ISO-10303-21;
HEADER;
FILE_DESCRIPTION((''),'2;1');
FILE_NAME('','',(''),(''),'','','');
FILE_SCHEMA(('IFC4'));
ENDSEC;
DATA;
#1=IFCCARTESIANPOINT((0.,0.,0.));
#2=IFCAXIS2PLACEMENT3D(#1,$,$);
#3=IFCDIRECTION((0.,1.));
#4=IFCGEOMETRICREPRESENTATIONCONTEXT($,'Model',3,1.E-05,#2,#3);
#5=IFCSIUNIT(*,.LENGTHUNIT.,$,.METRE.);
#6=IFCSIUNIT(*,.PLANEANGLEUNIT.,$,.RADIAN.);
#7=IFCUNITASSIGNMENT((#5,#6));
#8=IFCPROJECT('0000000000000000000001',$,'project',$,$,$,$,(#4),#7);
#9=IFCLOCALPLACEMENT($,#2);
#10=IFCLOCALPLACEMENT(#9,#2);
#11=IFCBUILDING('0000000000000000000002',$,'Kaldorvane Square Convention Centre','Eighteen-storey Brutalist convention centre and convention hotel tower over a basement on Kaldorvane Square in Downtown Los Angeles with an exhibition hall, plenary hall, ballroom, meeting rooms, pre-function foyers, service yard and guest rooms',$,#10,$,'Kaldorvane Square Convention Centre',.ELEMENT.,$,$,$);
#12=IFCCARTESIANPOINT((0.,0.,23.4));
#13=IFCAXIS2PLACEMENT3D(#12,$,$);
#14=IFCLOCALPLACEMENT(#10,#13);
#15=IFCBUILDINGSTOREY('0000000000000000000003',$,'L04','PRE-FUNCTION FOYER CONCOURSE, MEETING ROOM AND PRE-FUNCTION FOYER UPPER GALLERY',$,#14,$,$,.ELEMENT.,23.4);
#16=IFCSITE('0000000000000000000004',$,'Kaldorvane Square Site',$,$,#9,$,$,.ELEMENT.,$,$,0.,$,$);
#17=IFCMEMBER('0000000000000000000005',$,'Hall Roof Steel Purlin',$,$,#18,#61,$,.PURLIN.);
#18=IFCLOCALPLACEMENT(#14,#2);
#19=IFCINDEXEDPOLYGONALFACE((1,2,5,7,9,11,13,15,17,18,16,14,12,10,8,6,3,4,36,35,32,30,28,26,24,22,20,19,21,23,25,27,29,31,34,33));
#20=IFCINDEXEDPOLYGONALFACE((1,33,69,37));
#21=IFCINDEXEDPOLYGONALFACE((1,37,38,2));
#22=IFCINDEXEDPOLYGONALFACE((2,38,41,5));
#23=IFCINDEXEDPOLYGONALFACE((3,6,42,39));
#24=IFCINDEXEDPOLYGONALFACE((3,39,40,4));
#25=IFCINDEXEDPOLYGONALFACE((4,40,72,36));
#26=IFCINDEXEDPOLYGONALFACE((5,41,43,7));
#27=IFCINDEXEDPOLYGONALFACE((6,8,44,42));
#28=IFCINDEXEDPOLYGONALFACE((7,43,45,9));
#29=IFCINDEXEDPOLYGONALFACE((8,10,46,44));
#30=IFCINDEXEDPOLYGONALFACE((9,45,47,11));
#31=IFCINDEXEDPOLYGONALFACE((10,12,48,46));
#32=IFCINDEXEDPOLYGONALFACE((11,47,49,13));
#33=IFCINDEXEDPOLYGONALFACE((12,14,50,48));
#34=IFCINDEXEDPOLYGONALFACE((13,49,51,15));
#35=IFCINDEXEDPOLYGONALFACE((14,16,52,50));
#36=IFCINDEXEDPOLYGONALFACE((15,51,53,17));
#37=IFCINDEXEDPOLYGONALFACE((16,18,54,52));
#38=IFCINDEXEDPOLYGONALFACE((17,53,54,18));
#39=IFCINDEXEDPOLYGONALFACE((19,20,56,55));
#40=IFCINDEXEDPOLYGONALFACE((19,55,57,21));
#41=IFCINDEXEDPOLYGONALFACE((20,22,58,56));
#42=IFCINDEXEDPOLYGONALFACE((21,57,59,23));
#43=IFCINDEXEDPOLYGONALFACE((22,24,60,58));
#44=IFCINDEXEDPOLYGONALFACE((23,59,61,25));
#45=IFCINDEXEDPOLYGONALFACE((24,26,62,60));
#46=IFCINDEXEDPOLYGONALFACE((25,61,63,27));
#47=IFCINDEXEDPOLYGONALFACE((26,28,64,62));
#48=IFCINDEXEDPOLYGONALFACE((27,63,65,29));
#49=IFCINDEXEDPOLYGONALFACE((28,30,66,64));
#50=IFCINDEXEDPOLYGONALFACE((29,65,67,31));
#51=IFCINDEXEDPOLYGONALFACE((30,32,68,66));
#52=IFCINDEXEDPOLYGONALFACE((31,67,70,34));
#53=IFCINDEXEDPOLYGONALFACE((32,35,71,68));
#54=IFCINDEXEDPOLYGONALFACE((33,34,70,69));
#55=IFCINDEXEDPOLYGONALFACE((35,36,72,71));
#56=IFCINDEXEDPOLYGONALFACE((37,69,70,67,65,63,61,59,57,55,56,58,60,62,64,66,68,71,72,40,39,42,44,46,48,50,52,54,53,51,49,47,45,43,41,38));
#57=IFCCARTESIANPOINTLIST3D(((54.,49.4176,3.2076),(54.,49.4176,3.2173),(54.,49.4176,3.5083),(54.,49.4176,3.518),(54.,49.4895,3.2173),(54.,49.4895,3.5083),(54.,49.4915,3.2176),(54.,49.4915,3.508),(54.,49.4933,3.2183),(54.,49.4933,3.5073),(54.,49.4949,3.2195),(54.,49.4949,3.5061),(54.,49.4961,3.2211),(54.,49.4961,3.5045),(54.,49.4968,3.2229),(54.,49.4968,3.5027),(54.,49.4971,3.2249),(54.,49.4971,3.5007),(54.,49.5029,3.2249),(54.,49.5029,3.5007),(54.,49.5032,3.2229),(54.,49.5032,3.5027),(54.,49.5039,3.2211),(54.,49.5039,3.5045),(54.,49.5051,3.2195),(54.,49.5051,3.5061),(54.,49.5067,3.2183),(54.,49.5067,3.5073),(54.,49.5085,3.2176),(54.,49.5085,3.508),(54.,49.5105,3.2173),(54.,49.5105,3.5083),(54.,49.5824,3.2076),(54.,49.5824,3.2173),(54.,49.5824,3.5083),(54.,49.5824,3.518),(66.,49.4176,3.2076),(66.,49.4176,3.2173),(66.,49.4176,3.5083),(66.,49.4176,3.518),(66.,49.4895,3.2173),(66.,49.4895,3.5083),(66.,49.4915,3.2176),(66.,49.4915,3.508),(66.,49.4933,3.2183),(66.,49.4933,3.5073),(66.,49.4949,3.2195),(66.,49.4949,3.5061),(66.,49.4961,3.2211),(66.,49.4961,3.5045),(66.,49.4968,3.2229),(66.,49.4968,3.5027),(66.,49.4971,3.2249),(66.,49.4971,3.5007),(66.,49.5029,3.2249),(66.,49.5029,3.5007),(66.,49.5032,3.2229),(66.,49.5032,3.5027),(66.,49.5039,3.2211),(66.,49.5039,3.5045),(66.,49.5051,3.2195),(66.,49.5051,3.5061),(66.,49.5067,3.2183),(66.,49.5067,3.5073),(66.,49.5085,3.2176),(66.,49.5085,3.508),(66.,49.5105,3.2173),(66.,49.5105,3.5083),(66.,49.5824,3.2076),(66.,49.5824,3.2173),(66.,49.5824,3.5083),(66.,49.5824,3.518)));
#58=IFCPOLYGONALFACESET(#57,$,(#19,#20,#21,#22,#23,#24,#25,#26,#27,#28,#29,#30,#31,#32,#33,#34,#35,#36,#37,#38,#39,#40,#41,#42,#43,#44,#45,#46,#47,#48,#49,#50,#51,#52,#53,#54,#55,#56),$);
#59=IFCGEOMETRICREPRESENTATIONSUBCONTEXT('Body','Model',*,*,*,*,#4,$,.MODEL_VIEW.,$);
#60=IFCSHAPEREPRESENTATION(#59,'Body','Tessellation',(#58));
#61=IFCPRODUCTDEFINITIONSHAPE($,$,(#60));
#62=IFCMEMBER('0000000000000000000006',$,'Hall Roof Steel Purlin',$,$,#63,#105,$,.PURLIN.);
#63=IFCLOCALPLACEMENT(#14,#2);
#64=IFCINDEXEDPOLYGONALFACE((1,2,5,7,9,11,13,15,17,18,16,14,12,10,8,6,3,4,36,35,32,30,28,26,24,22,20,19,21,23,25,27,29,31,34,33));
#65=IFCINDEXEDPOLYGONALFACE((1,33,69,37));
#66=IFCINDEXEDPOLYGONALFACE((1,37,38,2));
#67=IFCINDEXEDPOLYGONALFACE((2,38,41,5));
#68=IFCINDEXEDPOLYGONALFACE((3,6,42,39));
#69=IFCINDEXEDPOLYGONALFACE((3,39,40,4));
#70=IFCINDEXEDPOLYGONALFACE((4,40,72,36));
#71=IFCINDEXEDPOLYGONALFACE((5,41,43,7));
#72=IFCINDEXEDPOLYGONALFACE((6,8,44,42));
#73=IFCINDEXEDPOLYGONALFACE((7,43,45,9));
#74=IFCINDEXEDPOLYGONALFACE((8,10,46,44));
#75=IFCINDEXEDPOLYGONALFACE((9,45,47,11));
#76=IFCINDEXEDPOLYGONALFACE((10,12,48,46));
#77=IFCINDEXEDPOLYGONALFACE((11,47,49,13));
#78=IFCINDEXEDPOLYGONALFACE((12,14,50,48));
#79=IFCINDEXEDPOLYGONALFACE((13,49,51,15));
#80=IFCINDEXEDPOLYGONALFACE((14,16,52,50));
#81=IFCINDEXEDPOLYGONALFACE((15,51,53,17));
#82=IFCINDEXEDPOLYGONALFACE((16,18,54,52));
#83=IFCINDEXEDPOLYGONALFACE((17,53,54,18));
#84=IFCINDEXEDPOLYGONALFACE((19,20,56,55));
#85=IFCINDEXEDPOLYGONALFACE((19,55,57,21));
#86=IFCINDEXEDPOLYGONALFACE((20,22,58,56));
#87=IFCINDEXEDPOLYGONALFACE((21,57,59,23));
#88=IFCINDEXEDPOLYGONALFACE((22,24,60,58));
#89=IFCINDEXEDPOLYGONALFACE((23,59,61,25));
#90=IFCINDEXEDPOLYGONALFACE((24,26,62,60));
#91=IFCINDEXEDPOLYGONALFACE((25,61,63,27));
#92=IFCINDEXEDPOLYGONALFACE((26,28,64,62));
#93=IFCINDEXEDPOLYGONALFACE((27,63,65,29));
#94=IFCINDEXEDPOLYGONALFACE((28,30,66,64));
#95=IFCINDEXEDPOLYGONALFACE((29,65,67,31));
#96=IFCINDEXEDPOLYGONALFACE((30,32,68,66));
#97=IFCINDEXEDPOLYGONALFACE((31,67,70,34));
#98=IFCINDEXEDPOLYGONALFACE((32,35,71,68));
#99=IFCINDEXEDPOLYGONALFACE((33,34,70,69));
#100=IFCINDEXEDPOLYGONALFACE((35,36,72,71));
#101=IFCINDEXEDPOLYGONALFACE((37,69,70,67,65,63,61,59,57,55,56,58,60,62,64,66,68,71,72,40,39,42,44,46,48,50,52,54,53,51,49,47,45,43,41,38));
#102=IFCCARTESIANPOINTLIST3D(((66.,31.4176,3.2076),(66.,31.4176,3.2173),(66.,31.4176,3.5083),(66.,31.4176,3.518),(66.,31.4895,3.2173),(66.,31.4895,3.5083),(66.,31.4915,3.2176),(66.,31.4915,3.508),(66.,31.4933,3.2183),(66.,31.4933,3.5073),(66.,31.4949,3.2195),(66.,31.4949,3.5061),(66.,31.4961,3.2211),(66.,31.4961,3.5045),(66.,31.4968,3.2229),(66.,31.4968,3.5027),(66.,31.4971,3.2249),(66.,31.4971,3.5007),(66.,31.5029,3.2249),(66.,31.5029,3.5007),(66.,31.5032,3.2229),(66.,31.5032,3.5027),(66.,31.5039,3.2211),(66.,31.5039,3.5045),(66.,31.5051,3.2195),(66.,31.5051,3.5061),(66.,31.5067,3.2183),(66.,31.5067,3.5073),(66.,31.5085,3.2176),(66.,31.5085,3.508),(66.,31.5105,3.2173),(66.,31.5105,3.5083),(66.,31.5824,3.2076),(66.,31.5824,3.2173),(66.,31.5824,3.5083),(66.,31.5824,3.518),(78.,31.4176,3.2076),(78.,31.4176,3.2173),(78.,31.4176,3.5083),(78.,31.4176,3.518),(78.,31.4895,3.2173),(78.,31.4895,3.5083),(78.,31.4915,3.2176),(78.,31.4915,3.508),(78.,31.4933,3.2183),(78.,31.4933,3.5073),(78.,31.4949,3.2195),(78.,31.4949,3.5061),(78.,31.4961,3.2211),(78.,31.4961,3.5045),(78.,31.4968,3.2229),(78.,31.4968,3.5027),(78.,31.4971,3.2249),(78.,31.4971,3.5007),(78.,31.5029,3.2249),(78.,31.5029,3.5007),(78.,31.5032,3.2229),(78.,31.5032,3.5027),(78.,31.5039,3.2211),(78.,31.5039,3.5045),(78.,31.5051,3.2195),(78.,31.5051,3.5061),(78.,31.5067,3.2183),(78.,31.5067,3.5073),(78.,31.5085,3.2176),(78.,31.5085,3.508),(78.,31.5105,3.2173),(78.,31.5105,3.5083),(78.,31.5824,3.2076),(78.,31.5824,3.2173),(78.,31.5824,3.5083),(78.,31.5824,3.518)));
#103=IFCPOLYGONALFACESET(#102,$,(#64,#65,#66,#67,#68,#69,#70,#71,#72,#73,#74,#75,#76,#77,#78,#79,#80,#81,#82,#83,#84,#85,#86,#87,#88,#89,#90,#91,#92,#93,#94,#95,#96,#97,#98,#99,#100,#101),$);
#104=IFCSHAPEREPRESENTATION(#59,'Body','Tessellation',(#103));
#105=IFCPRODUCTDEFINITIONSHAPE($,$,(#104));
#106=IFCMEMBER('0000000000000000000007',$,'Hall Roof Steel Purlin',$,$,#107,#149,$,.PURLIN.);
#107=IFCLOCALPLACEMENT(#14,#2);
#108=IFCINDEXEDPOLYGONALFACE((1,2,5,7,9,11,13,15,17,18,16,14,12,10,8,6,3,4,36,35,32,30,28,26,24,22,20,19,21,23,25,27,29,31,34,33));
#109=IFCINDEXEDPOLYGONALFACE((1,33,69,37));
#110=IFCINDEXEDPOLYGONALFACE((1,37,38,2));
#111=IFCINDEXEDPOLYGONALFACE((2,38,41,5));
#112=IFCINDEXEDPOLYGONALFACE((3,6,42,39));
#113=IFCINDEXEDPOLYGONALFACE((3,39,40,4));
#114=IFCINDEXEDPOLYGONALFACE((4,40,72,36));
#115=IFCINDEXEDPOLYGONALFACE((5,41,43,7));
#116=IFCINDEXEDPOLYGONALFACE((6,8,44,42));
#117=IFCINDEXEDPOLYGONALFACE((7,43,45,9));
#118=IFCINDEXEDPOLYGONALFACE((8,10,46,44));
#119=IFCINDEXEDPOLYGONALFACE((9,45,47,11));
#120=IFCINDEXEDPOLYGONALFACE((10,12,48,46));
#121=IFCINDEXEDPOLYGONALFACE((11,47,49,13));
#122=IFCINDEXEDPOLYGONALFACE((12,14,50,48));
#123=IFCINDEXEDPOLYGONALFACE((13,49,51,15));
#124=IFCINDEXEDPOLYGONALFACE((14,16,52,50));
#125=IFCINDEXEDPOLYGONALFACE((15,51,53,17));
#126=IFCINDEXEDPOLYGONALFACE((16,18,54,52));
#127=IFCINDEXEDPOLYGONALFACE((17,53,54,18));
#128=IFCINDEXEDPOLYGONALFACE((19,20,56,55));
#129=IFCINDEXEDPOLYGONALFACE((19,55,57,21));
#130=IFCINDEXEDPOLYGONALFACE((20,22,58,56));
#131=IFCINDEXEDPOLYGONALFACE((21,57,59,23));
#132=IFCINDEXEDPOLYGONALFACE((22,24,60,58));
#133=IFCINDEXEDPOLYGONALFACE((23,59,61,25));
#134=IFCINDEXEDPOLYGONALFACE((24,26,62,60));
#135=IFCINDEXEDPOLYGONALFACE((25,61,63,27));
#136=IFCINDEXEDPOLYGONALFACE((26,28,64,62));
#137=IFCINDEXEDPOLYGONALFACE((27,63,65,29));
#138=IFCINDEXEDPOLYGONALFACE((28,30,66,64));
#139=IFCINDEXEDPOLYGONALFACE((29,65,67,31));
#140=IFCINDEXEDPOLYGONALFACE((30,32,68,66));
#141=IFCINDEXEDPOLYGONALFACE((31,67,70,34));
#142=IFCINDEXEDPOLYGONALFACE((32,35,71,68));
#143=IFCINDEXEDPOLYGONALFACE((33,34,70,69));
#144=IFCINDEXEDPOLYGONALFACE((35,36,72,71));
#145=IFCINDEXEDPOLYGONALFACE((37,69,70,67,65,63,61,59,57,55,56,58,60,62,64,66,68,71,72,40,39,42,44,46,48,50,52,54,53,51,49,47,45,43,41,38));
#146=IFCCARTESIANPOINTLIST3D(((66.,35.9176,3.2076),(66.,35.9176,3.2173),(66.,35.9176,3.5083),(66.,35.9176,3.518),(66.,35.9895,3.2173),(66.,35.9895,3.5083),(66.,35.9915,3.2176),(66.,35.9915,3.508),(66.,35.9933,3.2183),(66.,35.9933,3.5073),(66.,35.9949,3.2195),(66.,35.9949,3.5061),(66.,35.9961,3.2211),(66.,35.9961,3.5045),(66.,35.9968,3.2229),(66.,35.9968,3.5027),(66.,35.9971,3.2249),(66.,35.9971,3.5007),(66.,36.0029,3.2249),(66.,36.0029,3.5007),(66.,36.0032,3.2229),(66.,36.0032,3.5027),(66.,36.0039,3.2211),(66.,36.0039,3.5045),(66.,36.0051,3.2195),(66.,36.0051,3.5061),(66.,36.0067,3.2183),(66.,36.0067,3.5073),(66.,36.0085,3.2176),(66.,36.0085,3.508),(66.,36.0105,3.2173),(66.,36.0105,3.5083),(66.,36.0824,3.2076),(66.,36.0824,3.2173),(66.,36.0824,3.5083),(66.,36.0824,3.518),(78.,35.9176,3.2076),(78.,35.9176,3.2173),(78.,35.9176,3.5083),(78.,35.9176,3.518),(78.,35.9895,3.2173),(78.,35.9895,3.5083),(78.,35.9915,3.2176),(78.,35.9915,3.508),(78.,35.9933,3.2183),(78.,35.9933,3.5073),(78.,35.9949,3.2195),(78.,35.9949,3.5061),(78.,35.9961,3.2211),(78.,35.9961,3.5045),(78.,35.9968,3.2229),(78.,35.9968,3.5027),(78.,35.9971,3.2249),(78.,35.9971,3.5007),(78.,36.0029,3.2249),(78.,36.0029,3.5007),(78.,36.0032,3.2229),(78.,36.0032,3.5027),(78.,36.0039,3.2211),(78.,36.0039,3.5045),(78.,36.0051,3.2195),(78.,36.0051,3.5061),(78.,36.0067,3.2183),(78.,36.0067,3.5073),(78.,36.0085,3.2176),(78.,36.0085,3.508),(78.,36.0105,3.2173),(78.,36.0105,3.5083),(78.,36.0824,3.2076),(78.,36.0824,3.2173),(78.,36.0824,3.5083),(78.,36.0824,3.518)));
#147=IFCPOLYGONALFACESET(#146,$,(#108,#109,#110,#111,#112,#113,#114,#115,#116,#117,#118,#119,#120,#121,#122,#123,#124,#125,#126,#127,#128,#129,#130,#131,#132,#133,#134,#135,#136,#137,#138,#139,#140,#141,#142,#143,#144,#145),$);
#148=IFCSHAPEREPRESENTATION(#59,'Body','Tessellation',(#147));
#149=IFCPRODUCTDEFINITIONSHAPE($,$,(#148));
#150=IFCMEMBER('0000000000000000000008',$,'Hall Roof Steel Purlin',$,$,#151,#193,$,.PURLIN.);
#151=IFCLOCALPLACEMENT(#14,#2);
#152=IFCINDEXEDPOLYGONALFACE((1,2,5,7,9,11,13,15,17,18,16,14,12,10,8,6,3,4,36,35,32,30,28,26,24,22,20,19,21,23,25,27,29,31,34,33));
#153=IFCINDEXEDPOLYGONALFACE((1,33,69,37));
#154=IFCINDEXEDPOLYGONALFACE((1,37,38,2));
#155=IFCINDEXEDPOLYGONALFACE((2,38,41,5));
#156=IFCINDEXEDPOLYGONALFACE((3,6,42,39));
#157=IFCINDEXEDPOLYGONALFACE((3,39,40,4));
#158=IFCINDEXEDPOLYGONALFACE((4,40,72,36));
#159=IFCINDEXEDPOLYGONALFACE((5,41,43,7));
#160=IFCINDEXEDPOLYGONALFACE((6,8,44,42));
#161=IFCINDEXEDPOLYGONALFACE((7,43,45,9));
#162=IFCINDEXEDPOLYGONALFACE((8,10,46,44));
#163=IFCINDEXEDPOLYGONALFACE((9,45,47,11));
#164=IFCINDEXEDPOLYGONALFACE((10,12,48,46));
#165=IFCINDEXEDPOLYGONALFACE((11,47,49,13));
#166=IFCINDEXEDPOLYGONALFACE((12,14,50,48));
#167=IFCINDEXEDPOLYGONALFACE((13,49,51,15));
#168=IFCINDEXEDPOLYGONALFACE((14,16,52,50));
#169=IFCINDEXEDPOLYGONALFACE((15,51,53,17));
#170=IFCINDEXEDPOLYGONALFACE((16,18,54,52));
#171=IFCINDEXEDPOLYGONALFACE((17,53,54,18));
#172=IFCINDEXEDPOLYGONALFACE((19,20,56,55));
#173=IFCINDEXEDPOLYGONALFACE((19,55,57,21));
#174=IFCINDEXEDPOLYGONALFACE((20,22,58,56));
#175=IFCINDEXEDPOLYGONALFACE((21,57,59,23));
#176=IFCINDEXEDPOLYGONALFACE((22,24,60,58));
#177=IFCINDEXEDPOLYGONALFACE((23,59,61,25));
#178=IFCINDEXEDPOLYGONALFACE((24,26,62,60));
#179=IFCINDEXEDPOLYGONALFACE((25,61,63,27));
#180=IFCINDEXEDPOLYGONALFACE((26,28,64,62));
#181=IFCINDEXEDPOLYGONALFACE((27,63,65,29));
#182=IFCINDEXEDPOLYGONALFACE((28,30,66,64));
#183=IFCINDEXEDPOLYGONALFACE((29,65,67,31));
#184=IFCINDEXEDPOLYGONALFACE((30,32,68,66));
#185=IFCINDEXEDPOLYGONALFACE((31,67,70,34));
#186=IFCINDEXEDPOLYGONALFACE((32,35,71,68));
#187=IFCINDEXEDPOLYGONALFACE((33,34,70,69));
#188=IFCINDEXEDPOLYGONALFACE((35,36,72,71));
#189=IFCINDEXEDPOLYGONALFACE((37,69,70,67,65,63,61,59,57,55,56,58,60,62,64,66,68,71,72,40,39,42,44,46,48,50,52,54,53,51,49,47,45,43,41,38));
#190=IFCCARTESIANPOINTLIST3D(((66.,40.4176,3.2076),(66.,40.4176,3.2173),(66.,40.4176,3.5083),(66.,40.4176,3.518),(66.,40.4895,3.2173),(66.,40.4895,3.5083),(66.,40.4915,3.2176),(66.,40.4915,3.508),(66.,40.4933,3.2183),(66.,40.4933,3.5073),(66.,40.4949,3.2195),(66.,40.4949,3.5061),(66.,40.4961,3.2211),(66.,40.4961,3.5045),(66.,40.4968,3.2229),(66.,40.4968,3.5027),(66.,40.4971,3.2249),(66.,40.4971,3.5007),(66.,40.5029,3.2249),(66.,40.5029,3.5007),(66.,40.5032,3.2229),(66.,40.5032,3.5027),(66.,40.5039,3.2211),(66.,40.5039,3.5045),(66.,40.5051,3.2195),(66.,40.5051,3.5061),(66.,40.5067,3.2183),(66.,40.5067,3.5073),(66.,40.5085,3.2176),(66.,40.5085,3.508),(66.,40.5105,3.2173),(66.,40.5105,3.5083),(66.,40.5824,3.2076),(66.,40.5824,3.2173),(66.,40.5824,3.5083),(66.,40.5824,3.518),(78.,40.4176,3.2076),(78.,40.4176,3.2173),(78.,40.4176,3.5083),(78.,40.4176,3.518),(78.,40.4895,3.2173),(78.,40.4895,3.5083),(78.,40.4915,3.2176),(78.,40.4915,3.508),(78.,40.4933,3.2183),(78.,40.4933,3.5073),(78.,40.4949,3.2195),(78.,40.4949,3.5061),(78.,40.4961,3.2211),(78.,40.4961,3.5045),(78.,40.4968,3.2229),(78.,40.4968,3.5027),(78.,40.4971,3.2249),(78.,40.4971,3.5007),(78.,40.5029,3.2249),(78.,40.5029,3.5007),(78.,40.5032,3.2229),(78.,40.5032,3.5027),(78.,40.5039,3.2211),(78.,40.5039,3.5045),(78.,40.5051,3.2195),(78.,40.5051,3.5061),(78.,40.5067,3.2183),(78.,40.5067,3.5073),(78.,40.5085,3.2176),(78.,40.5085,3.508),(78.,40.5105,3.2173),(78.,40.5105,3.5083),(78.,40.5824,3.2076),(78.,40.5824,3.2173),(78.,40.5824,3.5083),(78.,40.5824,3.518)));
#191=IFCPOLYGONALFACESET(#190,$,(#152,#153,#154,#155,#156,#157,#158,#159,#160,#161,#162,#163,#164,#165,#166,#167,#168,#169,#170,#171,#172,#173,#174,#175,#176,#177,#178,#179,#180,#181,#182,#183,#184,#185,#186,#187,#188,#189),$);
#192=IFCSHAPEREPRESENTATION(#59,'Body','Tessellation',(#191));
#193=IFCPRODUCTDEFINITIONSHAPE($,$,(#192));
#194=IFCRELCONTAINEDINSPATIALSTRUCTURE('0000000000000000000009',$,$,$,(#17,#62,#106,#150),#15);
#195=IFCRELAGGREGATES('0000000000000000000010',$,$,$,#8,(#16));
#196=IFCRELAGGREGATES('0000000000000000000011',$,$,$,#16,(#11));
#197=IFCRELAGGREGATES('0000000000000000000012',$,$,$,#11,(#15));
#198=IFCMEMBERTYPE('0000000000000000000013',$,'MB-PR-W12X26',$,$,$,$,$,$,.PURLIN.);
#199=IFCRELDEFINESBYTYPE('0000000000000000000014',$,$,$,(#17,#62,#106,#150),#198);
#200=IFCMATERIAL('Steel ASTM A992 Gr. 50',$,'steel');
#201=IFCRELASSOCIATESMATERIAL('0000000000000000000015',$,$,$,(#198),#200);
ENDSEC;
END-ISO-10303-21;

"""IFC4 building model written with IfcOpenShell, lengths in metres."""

from ifc_helpers import new_model, si_unit, direction, frame, origin, origin_2d, place, context, subcontext, project, spatial, i_section, extrude, material, material_profile, profile_set, type_object, element, save


model = new_model("IFC4")

# Units and contexts
model_context = context("Model", 3, precision=1e-05, world=origin(), true_north=direction((0.0, 1.0)))
body_context = subcontext(model_context, "Body", "Model", "MODEL_VIEW")
ifc_project = project(units=[si_unit("LENGTHUNIT", "METRE"), si_unit("PLANEANGLEUNIT", "RADIAN")], contexts=[model_context])

# Site, building, storey
site_placement = place(None, origin())
site = spatial("IfcSite", under=ifc_project, at=site_placement, Name="Kaldorvane Square Site", CompositionType="ELEMENT", RefElevation=0.0)
building_placement = place(site_placement, origin())
building = spatial("IfcBuilding", under=site, at=building_placement, Name="Kaldorvane Square Convention Centre", Description="Eighteen-storey Brutalist convention centre and convention hotel tower over a basement on Kaldorvane Square in Downtown Los Angeles with an exhibition hall, plenary hall, ballroom, meeting rooms, pre-function foyers, service yard and guest rooms", LongName="Kaldorvane Square Convention Centre", CompositionType="ELEMENT")
storey_placement = place(building_placement, frame((0.0, 0.0, 23.4)))
storey = spatial("IfcBuildingStorey", under=building, at=storey_placement, Name="L04", Description="PRE-FUNCTION FOYER CONCOURSE, MEETING ROOM AND PRE-FUNCTION FOYER UPPER GALLERY", CompositionType="ELEMENT", Elevation=23.4)

# Members
ifc_material_1 = material(Name="Steel ASTM A992 Gr. 50", Category="steel")
ifc_material_profile_1 = material_profile(ifc_material_1, i_section(OverallWidth=0.1648, OverallDepth=0.3104, WebThickness=0.0058, FlangeThickness=0.0097, FilletRadius=0.0076, at=origin_2d()), Name="W12X26")
ifc_profile_set_1 = profile_set([ifc_material_profile_1], Name="Steel ASTM A992 Gr. 50")
member_type_1 = type_object("IfcMemberType", Name="MB-PR-W12X26", PredefinedType="PURLIN", material=ifc_profile_set_1)
for number, where, z_axis, x_axis, name in (
    (1, (54.0, 49.5, 3.3628), (1.0, 0.0, 0.0), (0.0, 1.0, 0.0), "Hall Roof Steel Purlin"),
    (2, (66.0, 31.5, 3.3628), (1.0, 0.0, 0.0), (0.0, 1.0, 0.0), "Hall Roof Steel Purlin"),
    (3, (66.0, 36.0, 3.3628), (1.0, 0.0, 0.0), (0.0, 1.0, 0.0), "Hall Roof Steel Purlin"),
    (4, (66.0, 40.5, 3.3628), (1.0, 0.0, 0.0), (0.0, 1.0, 0.0), "Hall Roof Steel Purlin"),
):
    element("IfcMember", number, at=place(storey_placement, frame(where, z_axis=z_axis, x_axis=x_axis)), inside=storey, type_object=member_type_1, Name=name, PredefinedType="PURLIN", context=body_context, shape_type="SweptSolid", body=[
        extrude(i_section(OverallWidth=0.1648, OverallDepth=0.3104, WebThickness=0.0058, FlangeThickness=0.0097, FilletRadius=0.0076, at=origin_2d()), origin(), (0.0, 0.0, 1.0), 12.0),
    ])

save(model, "model.ifc")
